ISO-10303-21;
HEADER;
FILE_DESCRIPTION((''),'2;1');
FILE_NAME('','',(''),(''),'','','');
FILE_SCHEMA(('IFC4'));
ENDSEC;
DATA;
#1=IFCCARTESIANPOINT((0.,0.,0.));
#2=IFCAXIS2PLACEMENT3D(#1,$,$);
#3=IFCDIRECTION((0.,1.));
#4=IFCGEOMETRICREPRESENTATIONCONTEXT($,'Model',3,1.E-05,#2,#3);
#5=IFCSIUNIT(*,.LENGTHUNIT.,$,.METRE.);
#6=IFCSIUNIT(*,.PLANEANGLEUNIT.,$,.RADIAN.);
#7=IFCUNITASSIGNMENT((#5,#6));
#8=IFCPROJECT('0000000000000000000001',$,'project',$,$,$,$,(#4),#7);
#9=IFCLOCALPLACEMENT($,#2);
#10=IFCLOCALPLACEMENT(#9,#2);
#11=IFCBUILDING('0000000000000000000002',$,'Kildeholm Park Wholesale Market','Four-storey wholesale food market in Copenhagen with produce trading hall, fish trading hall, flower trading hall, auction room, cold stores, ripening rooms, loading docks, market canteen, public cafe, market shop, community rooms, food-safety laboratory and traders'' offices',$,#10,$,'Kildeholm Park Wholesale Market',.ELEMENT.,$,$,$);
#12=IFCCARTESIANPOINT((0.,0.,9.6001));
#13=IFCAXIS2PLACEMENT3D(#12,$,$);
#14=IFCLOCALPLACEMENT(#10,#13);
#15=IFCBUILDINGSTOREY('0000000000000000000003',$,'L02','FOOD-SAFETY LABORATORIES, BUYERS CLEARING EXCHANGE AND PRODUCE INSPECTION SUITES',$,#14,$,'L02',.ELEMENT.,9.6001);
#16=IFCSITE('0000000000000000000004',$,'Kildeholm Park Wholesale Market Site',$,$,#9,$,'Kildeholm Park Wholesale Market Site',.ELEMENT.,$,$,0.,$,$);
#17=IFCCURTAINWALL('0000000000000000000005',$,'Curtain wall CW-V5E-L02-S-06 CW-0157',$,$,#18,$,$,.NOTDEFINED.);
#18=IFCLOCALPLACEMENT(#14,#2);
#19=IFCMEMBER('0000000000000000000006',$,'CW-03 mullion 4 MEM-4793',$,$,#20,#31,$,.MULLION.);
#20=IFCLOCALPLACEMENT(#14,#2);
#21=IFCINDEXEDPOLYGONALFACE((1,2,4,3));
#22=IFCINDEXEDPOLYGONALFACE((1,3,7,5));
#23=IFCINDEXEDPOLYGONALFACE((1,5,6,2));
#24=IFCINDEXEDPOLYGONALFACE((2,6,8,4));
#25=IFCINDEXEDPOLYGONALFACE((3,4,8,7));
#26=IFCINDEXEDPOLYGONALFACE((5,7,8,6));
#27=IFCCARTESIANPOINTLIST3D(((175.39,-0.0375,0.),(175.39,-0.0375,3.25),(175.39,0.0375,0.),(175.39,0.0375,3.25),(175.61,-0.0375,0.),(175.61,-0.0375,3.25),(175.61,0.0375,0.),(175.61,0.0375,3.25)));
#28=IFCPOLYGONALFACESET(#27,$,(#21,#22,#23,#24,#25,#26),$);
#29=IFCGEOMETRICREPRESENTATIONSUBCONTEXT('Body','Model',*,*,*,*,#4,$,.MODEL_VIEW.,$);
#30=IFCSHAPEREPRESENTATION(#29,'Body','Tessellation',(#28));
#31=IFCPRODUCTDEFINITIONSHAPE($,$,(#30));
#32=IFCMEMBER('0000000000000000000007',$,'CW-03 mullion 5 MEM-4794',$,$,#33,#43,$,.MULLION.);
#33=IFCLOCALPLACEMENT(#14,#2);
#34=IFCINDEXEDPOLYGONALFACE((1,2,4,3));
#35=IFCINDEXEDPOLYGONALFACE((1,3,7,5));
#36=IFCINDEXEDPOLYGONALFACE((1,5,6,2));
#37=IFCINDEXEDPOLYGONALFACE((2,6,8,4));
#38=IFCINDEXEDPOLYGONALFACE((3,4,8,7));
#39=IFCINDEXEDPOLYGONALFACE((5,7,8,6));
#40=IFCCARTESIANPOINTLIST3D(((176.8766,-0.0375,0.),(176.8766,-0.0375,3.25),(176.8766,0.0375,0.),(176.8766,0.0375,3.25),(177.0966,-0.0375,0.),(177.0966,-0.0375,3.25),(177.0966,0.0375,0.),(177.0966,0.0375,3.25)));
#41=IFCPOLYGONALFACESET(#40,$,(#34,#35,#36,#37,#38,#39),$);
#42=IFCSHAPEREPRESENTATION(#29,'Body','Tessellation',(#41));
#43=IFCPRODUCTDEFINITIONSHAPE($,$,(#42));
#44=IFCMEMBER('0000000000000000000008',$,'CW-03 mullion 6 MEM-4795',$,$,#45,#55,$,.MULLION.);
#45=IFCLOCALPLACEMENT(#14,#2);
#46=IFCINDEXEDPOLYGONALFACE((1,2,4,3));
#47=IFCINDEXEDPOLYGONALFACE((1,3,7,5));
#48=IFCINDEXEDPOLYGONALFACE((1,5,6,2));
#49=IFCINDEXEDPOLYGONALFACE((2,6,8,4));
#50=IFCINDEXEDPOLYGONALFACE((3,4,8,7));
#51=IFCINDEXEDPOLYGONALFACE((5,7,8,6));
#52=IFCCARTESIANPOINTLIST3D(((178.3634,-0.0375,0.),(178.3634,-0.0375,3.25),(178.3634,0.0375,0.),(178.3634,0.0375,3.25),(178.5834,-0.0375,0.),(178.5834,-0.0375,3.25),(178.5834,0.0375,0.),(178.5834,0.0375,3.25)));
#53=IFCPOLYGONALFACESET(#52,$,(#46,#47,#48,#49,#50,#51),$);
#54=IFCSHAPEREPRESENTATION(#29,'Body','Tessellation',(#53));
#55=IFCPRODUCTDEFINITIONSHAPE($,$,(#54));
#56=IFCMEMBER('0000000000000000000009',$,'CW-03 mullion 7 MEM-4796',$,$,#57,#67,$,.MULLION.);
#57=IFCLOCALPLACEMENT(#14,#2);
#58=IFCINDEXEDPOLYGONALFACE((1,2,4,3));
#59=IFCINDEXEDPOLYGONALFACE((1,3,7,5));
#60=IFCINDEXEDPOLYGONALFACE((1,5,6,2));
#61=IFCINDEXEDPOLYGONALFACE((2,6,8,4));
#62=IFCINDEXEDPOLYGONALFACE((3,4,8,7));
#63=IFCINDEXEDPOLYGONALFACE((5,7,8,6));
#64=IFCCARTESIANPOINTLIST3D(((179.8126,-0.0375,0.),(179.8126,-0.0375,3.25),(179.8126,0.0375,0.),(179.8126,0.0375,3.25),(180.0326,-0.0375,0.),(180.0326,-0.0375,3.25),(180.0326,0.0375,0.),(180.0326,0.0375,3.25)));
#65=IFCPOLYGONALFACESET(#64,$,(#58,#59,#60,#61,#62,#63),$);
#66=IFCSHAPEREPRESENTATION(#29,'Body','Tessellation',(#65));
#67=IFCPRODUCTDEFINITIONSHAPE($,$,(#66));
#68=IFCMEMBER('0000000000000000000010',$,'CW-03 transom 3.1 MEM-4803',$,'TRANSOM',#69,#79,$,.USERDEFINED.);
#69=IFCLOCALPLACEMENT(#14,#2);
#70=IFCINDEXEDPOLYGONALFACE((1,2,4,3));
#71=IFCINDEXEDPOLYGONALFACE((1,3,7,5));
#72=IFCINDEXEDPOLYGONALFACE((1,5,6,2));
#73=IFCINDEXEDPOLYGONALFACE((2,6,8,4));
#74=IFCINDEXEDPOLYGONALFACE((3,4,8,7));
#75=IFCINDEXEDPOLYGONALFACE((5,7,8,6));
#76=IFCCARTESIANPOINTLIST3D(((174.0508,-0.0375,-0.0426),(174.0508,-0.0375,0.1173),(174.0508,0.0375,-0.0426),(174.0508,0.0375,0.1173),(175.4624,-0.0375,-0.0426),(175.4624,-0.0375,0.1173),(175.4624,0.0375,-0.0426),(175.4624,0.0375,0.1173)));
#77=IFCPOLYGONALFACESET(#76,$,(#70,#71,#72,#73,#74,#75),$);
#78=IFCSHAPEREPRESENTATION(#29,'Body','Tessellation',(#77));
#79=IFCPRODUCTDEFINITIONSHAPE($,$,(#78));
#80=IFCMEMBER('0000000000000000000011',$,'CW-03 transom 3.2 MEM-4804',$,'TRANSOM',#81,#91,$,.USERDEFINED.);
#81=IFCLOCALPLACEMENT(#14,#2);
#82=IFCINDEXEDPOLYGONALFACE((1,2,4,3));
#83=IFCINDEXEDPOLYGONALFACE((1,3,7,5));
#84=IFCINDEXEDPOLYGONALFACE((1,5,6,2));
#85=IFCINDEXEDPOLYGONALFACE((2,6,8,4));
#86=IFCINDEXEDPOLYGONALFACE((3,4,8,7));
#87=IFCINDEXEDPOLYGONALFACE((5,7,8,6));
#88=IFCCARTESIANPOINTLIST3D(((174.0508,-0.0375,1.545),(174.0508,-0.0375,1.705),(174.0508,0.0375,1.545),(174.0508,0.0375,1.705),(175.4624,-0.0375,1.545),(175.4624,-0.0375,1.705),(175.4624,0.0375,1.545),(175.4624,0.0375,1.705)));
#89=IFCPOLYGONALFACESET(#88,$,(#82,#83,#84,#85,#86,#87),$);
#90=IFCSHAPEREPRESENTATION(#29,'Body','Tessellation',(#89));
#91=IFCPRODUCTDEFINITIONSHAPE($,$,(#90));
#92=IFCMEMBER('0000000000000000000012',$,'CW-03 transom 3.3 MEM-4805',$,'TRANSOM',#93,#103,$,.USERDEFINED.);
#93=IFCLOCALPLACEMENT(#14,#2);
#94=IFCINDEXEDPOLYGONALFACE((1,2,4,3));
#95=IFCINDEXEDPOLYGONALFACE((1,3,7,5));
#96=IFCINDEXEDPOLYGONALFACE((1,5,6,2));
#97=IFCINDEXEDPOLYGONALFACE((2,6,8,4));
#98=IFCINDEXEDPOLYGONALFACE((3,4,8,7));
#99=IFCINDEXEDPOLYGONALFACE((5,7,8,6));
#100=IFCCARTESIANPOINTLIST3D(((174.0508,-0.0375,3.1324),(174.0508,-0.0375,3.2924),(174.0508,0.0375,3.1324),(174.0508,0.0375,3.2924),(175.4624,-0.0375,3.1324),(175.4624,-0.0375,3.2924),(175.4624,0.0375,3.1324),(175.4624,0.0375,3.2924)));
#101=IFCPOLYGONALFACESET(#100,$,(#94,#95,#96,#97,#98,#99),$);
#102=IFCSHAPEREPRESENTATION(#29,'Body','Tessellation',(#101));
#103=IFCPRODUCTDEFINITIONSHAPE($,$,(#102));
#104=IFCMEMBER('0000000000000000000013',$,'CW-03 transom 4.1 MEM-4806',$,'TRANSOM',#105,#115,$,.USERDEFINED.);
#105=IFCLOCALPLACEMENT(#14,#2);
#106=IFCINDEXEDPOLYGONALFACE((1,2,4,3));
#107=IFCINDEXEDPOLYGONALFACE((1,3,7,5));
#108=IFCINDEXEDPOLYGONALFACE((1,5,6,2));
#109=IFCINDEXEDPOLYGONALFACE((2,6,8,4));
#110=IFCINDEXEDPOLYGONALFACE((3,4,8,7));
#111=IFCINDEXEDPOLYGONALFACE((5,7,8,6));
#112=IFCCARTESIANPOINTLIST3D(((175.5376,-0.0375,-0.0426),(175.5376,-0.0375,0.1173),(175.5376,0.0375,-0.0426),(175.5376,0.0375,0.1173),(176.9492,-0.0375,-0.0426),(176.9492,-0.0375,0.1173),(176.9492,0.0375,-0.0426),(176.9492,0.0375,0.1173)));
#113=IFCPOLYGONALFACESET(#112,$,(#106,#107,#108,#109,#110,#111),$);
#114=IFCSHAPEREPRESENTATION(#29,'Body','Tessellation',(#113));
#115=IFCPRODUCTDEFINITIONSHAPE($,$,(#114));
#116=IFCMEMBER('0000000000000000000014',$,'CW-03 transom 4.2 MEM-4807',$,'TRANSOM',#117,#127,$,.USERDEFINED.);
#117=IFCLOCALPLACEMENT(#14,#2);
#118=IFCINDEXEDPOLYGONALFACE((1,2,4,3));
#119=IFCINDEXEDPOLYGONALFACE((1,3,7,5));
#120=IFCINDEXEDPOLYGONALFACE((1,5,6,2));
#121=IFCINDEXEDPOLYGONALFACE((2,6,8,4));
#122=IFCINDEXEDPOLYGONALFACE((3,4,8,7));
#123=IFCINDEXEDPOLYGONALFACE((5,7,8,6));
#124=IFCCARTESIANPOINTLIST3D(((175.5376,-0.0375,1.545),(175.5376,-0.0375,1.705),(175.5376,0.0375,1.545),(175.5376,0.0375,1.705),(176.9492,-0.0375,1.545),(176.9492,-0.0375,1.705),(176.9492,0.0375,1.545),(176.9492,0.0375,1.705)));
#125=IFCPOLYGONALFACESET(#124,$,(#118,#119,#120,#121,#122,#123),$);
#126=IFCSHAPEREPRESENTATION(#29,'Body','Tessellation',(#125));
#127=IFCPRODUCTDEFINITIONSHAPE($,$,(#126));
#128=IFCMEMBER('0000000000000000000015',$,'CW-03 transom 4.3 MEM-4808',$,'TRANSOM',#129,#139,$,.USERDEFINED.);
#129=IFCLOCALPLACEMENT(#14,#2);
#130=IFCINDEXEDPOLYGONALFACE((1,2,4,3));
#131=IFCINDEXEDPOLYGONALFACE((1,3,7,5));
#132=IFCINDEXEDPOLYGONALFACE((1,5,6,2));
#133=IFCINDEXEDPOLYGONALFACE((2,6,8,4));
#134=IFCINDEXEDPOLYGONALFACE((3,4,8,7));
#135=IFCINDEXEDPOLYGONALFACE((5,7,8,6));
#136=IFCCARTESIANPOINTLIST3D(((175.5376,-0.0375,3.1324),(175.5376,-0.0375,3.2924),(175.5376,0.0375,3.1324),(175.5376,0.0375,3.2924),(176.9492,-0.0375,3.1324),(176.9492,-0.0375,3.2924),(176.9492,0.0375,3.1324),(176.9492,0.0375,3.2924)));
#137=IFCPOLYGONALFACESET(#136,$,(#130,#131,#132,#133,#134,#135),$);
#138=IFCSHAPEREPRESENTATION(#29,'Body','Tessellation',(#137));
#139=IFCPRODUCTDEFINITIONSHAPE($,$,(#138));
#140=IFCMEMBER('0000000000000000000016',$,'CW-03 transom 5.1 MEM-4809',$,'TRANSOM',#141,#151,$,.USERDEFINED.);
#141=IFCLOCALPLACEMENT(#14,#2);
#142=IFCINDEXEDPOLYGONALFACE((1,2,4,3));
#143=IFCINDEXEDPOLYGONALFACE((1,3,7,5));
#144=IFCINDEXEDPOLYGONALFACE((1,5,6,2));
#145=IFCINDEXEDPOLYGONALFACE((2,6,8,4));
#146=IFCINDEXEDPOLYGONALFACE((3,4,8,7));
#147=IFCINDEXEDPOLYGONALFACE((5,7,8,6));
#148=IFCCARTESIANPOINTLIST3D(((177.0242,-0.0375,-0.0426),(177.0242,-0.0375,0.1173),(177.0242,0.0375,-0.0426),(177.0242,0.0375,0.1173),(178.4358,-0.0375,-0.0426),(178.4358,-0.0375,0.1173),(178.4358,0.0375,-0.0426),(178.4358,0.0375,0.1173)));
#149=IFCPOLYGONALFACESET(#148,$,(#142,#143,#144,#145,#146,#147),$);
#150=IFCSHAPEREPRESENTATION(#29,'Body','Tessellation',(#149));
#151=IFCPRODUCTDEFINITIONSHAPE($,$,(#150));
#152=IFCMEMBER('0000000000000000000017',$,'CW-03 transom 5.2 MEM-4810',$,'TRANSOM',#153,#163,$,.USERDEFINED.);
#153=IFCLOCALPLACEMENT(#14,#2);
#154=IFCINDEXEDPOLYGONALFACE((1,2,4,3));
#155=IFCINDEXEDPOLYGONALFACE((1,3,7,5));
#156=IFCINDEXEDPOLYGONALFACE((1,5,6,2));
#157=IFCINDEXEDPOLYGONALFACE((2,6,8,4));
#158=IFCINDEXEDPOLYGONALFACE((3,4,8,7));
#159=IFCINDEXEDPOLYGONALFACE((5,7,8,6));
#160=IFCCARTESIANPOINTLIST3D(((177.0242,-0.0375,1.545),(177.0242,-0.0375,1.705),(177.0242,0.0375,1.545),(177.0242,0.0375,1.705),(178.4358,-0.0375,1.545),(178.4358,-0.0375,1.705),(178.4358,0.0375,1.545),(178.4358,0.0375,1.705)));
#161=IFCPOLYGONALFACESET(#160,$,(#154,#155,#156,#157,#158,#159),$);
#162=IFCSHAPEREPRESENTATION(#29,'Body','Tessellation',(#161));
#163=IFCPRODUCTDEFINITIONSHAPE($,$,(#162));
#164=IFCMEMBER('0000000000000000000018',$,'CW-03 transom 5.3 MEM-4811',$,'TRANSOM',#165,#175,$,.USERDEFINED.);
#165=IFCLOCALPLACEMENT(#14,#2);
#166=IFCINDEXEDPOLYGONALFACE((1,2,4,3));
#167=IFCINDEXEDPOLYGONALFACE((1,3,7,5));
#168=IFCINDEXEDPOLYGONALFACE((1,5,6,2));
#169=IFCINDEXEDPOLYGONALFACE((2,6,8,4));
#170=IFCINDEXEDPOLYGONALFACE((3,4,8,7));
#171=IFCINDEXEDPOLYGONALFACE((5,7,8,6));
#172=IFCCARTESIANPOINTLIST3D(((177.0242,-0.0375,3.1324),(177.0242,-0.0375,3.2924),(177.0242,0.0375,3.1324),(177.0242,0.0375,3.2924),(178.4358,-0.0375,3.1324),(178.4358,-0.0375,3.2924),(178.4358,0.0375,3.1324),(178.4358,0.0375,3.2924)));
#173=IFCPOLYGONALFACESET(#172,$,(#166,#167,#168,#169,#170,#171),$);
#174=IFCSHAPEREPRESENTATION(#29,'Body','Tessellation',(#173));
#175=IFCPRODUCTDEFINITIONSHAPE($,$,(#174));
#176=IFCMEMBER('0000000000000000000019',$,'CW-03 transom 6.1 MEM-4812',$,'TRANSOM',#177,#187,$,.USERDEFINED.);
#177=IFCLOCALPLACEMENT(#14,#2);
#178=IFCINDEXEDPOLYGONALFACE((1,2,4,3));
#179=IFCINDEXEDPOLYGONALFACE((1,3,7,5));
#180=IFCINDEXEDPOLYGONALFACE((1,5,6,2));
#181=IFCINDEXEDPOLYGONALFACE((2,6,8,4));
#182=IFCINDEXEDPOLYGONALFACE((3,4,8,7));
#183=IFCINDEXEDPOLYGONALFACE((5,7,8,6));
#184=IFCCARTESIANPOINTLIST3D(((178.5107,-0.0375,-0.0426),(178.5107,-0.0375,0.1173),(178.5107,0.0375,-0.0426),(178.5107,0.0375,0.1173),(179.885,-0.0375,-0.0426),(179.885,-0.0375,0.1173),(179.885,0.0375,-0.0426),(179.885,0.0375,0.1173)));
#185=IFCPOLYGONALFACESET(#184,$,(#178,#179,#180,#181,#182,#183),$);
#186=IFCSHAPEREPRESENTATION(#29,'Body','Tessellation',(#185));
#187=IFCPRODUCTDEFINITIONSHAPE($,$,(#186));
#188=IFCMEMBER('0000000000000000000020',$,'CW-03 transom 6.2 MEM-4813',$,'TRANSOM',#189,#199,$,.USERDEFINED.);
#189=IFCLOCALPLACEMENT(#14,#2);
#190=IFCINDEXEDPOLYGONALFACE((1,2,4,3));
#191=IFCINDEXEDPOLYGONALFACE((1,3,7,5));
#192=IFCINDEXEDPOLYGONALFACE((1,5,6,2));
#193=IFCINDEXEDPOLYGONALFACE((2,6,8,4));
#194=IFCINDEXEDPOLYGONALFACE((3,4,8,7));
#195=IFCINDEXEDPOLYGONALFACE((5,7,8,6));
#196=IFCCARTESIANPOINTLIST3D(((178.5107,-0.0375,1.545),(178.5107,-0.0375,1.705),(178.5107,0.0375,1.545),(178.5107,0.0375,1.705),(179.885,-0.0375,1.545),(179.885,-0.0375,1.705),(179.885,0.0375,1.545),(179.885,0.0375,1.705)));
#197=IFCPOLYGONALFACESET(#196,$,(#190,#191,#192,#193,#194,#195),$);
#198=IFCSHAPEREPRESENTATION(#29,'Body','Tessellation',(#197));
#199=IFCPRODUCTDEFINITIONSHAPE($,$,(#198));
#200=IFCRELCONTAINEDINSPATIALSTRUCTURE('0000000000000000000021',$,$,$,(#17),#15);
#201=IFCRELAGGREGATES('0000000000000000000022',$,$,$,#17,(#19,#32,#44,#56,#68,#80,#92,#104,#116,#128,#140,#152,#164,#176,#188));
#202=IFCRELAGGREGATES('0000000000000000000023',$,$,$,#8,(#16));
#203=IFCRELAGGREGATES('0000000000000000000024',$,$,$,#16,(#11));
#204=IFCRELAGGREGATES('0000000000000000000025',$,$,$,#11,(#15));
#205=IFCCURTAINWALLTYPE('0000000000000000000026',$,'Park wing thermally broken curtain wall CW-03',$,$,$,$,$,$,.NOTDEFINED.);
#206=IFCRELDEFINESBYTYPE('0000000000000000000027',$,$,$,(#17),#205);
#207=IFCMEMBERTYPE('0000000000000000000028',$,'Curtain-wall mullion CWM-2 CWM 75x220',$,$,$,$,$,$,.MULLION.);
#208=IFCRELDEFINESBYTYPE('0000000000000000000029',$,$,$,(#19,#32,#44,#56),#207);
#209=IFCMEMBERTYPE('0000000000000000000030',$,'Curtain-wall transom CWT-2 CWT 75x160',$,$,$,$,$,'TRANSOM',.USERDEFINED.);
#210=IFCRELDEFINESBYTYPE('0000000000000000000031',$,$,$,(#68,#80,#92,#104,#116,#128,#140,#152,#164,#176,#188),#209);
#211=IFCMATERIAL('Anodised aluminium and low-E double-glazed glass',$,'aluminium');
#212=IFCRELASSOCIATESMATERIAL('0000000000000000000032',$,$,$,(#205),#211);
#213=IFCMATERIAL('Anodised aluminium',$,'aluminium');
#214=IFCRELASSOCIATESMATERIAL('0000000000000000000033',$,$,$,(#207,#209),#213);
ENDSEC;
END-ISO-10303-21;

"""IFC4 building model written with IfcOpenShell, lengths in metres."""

from ifc_helpers import new_model, si_unit, direction, frame, origin, origin_2d, place, context, subcontext, project, spatial, rectangle, extrude, material, material_profile, profile_set, type_object, element, aggregate, save


model = new_model("IFC4")

# Units and contexts
model_context = context("Model", 3, precision=1e-05, world=origin(), true_north=direction((0.0, 1.0)))
body_context = subcontext(model_context, "Body", "Model", "MODEL_VIEW")
ifc_project = project(units=[si_unit("LENGTHUNIT", "METRE"), si_unit("PLANEANGLEUNIT", "RADIAN")], contexts=[model_context])

# Site, building, storey
site_placement = place(None, origin())
site = spatial("IfcSite", under=ifc_project, at=site_placement, Name="Kildeholm Park Wholesale Market Site", LongName="Kildeholm Park Wholesale Market Site", CompositionType="ELEMENT", RefElevation=0.0)
building_placement = place(site_placement, origin())
building = spatial("IfcBuilding", under=site, at=building_placement, Name="Kildeholm Park Wholesale Market", Description="Four-storey wholesale food market in Copenhagen with produce trading hall, fish trading hall, flower trading hall, auction room, cold stores, ripening rooms, loading docks, market canteen, public cafe, market shop, community rooms, food-safety laboratory and traders' offices", LongName="Kildeholm Park Wholesale Market", CompositionType="ELEMENT")
storey_placement = place(building_placement, frame((0.0, 0.0, 9.6001)))
storey = spatial("IfcBuildingStorey", under=building, at=storey_placement, Name="L02", Description="FOOD-SAFETY LABORATORIES, BUYERS CLEARING EXCHANGE AND PRODUCE INSPECTION SUITES", LongName="L02", CompositionType="ELEMENT", Elevation=9.6001)

# Curtain wall, members
ifc_material_1 = material(Name="Anodised aluminium and low-E double-glazed glass", Category="aluminium")
curtain_wall_type = type_object("IfcCurtainWallType", Name="Park wing thermally broken curtain wall CW-03", PredefinedType="NOTDEFINED", material=ifc_material_1)
curtain_wall_placement = place(storey_placement, origin())
curtain_wall = element("IfcCurtainWall", 1, at=curtain_wall_placement, inside=storey, type_object=curtain_wall_type, Name="Curtain wall CW-V5E-L02-S-06 CW-0157", PredefinedType="NOTDEFINED")
ifc_material_2 = material(Name="Anodised aluminium", Category="aluminium")
ifc_material_profile_1 = material_profile(ifc_material_2, rectangle(XDim=0.075, YDim=0.22, at=origin_2d()), Name="CWM 75x220")
ifc_profile_set_1 = profile_set([ifc_material_profile_1], Name="Anodised aluminium")
member_type_1 = type_object("IfcMemberType", Name="Curtain-wall mullion CWM-2 CWM 75x220", PredefinedType="MULLION", material=ifc_profile_set_1)
member_1_placement = place(storey_placement, frame((175.5, 0.0, 0.0), z_axis=(0.0, 0.0, 1.0), x_axis=(0.0, 1.0, 0.0)))
member_1 = element("IfcMember", 2, at=member_1_placement, type_object=member_type_1, Name="CW-03 mullion 4 MEM-4793", PredefinedType="MULLION", context=body_context, shape_type="SweptSolid", body=[
    extrude(rectangle(XDim=0.075, YDim=0.22, at=origin_2d()), origin(), (0.0, 0.0, 1.0), 3.25),
])
member_2_placement = place(storey_placement, frame((176.9866, 0.0, 0.0), z_axis=(0.0, 0.0, 1.0), x_axis=(0.0, 1.0, 0.0)))
member_2 = element("IfcMember", 3, at=member_2_placement, type_object=member_type_1, Name="CW-03 mullion 5 MEM-4794", PredefinedType="MULLION", context=body_context, shape_type="SweptSolid", body=[
    extrude(rectangle(XDim=0.075, YDim=0.22, at=origin_2d()), origin(), (0.0, 0.0, 1.0), 3.25),
])
member_3_placement = place(storey_placement, frame((178.4734, 0.0, 0.0), z_axis=(0.0, 0.0, 1.0), x_axis=(0.0, 1.0, 0.0)))
member_3 = element("IfcMember", 4, at=member_3_placement, type_object=member_type_1, Name="CW-03 mullion 6 MEM-4795", PredefinedType="MULLION", context=body_context, shape_type="SweptSolid", body=[
    extrude(rectangle(XDim=0.075, YDim=0.22, at=origin_2d()), origin(), (0.0, 0.0, 1.0), 3.25),
])
member_4_placement = place(storey_placement, frame((179.9226, 0.0, 0.0), z_axis=(0.0, 0.0, 1.0), x_axis=(0.0, 1.0, 0.0)))
member_4 = element("IfcMember", 5, at=member_4_placement, type_object=member_type_1, Name="CW-03 mullion 7 MEM-4796", PredefinedType="MULLION", context=body_context, shape_type="SweptSolid", body=[
    extrude(rectangle(XDim=0.075, YDim=0.22, at=origin_2d()), origin(), (0.0, 0.0, 1.0), 3.25),
])
ifc_material_profile_2 = material_profile(ifc_material_2, rectangle(XDim=0.075, YDim=0.1599, at=origin_2d()), Name="CWT 75x160")
ifc_profile_set_2 = profile_set([ifc_material_profile_2], Name="Anodised aluminium")
member_type_2 = type_object("IfcMemberType", Name="Curtain-wall transom CWT-2 CWT 75x160", ElementType="TRANSOM", PredefinedType="USERDEFINED", material=ifc_profile_set_2)
member_5_placement = place(storey_placement, frame((174.0508, 0.0, 0.0374), z_axis=(1.0, 0.0, 0.0), x_axis=(0.0, 1.0, 0.0)))
member_5 = element("IfcMember", 6, at=member_5_placement, type_object=member_type_2, Name="CW-03 transom 3.1 MEM-4803", ObjectType="TRANSOM", PredefinedType="USERDEFINED", context=body_context, shape_type="SweptSolid", body=[
    extrude(rectangle(XDim=0.075, YDim=0.1599, at=origin_2d()), origin(), (0.0, 0.0, 1.0), 1.4116),
])
member_6_placement = place(storey_placement, frame((174.0508, 0.0, 1.625), z_axis=(1.0, 0.0, 0.0), x_axis=(0.0, 1.0, 0.0)))
member_6 = element("IfcMember", 7, at=member_6_placement, type_object=member_type_2, Name="CW-03 transom 3.2 MEM-4804", ObjectType="TRANSOM", PredefinedType="USERDEFINED", context=body_context, shape_type="SweptSolid", body=[
    extrude(rectangle(XDim=0.075, YDim=0.1599, at=origin_2d()), origin(), (0.0, 0.0, 1.0), 1.4116),
])
member_7_placement = place(storey_placement, frame((174.0508, 0.0, 3.2124), z_axis=(1.0, 0.0, 0.0), x_axis=(0.0, 1.0, 0.0)))
member_7 = element("IfcMember", 8, at=member_7_placement, type_object=member_type_2, Name="CW-03 transom 3.3 MEM-4805", ObjectType="TRANSOM", PredefinedType="USERDEFINED", context=body_context, shape_type="SweptSolid", body=[
    extrude(rectangle(XDim=0.075, YDim=0.1599, at=origin_2d()), origin(), (0.0, 0.0, 1.0), 1.4116),
])
member_8_placement = place(storey_placement, frame((175.5376, 0.0, 0.0374), z_axis=(1.0, 0.0, 0.0), x_axis=(0.0, 1.0, 0.0)))
member_8 = element("IfcMember", 9, at=member_8_placement, type_object=member_type_2, Name="CW-03 transom 4.1 MEM-4806", ObjectType="TRANSOM", PredefinedType="USERDEFINED", context=body_context, shape_type="SweptSolid", body=[
    extrude(rectangle(XDim=0.075, YDim=0.1599, at=origin_2d()), origin(), (0.0, 0.0, 1.0), 1.4116),
])
member_9_placement = place(storey_placement, frame((175.5376, 0.0, 1.625), z_axis=(1.0, 0.0, 0.0), x_axis=(0.0, 1.0, 0.0)))
member_9 = element("IfcMember", 10, at=member_9_placement, type_object=member_type_2, Name="CW-03 transom 4.2 MEM-4807", ObjectType="TRANSOM", PredefinedType="USERDEFINED", context=body_context, shape_type="SweptSolid", body=[
    extrude(rectangle(XDim=0.075, YDim=0.1599, at=origin_2d()), origin(), (0.0, 0.0, 1.0), 1.4116),
])
member_10_placement = place(storey_placement, frame((175.5376, 0.0, 3.2124), z_axis=(1.0, 0.0, 0.0), x_axis=(0.0, 1.0, 0.0)))
member_10 = element("IfcMember", 11, at=member_10_placement, type_object=member_type_2, Name="CW-03 transom 4.3 MEM-4808", ObjectType="TRANSOM", PredefinedType="USERDEFINED", context=body_context, shape_type="SweptSolid", body=[
    extrude(rectangle(XDim=0.075, YDim=0.1599, at=origin_2d()), origin(), (0.0, 0.0, 1.0), 1.4116),
])
member_11_placement = place(storey_placement, frame((177.0242, 0.0, 0.0374), z_axis=(1.0, 0.0, 0.0), x_axis=(0.0, 1.0, 0.0)))
member_11 = element("IfcMember", 12, at=member_11_placement, type_object=member_type_2, Name="CW-03 transom 5.1 MEM-4809", ObjectType="TRANSOM", PredefinedType="USERDEFINED", context=body_context, shape_type="SweptSolid", body=[
    extrude(rectangle(XDim=0.075, YDim=0.1599, at=origin_2d()), origin(), (0.0, 0.0, 1.0), 1.4116),
])
member_12_placement = place(storey_placement, frame((177.0242, 0.0, 1.625), z_axis=(1.0, 0.0, 0.0), x_axis=(0.0, 1.0, 0.0)))
member_12 = element("IfcMember", 13, at=member_12_placement, type_object=member_type_2, Name="CW-03 transom 5.2 MEM-4810", ObjectType="TRANSOM", PredefinedType="USERDEFINED", context=body_context, shape_type="SweptSolid", body=[
    extrude(rectangle(XDim=0.075, YDim=0.1599, at=origin_2d()), origin(), (0.0, 0.0, 1.0), 1.4116),
])
member_13_placement = place(storey_placement, frame((177.0242, 0.0, 3.2124), z_axis=(1.0, 0.0, 0.0), x_axis=(0.0, 1.0, 0.0)))
member_13 = element("IfcMember", 14, at=member_13_placement, type_object=member_type_2, Name="CW-03 transom 5.3 MEM-4811", ObjectType="TRANSOM", PredefinedType="USERDEFINED", context=body_context, shape_type="SweptSolid", body=[
    extrude(rectangle(XDim=0.075, YDim=0.1599, at=origin_2d()), origin(), (0.0, 0.0, 1.0), 1.4116),
])
member_14_placement = place(storey_placement, frame((178.5107, 0.0, 0.0374), z_axis=(1.0, 0.0, 0.0), x_axis=(0.0, 1.0, 0.0)))
member_14 = element("IfcMember", 15, at=member_14_placement, type_object=member_type_2, Name="CW-03 transom 6.1 MEM-4812", ObjectType="TRANSOM", PredefinedType="USERDEFINED", context=body_context, shape_type="SweptSolid", body=[
    extrude(rectangle(XDim=0.075, YDim=0.1599, at=origin_2d()), origin(), (0.0, 0.0, 1.0), 1.3743),
])
member_15_placement = place(storey_placement, frame((178.5107, 0.0, 1.625), z_axis=(1.0, 0.0, 0.0), x_axis=(0.0, 1.0, 0.0)))
member_15 = element("IfcMember", 16, at=member_15_placement, type_object=member_type_2, Name="CW-03 transom 6.2 MEM-4813", ObjectType="TRANSOM", PredefinedType="USERDEFINED", context=body_context, shape_type="SweptSolid", body=[
    extrude(rectangle(XDim=0.075, YDim=0.1599, at=origin_2d()), origin(), (0.0, 0.0, 1.0), 1.3743),
])
aggregate(curtain_wall, [member_1, member_2, member_3, member_4, member_5, member_6, member_7, member_8, member_9, member_10, member_11, member_12, member_13, member_14, member_15])

save(model, "model.ifc")
